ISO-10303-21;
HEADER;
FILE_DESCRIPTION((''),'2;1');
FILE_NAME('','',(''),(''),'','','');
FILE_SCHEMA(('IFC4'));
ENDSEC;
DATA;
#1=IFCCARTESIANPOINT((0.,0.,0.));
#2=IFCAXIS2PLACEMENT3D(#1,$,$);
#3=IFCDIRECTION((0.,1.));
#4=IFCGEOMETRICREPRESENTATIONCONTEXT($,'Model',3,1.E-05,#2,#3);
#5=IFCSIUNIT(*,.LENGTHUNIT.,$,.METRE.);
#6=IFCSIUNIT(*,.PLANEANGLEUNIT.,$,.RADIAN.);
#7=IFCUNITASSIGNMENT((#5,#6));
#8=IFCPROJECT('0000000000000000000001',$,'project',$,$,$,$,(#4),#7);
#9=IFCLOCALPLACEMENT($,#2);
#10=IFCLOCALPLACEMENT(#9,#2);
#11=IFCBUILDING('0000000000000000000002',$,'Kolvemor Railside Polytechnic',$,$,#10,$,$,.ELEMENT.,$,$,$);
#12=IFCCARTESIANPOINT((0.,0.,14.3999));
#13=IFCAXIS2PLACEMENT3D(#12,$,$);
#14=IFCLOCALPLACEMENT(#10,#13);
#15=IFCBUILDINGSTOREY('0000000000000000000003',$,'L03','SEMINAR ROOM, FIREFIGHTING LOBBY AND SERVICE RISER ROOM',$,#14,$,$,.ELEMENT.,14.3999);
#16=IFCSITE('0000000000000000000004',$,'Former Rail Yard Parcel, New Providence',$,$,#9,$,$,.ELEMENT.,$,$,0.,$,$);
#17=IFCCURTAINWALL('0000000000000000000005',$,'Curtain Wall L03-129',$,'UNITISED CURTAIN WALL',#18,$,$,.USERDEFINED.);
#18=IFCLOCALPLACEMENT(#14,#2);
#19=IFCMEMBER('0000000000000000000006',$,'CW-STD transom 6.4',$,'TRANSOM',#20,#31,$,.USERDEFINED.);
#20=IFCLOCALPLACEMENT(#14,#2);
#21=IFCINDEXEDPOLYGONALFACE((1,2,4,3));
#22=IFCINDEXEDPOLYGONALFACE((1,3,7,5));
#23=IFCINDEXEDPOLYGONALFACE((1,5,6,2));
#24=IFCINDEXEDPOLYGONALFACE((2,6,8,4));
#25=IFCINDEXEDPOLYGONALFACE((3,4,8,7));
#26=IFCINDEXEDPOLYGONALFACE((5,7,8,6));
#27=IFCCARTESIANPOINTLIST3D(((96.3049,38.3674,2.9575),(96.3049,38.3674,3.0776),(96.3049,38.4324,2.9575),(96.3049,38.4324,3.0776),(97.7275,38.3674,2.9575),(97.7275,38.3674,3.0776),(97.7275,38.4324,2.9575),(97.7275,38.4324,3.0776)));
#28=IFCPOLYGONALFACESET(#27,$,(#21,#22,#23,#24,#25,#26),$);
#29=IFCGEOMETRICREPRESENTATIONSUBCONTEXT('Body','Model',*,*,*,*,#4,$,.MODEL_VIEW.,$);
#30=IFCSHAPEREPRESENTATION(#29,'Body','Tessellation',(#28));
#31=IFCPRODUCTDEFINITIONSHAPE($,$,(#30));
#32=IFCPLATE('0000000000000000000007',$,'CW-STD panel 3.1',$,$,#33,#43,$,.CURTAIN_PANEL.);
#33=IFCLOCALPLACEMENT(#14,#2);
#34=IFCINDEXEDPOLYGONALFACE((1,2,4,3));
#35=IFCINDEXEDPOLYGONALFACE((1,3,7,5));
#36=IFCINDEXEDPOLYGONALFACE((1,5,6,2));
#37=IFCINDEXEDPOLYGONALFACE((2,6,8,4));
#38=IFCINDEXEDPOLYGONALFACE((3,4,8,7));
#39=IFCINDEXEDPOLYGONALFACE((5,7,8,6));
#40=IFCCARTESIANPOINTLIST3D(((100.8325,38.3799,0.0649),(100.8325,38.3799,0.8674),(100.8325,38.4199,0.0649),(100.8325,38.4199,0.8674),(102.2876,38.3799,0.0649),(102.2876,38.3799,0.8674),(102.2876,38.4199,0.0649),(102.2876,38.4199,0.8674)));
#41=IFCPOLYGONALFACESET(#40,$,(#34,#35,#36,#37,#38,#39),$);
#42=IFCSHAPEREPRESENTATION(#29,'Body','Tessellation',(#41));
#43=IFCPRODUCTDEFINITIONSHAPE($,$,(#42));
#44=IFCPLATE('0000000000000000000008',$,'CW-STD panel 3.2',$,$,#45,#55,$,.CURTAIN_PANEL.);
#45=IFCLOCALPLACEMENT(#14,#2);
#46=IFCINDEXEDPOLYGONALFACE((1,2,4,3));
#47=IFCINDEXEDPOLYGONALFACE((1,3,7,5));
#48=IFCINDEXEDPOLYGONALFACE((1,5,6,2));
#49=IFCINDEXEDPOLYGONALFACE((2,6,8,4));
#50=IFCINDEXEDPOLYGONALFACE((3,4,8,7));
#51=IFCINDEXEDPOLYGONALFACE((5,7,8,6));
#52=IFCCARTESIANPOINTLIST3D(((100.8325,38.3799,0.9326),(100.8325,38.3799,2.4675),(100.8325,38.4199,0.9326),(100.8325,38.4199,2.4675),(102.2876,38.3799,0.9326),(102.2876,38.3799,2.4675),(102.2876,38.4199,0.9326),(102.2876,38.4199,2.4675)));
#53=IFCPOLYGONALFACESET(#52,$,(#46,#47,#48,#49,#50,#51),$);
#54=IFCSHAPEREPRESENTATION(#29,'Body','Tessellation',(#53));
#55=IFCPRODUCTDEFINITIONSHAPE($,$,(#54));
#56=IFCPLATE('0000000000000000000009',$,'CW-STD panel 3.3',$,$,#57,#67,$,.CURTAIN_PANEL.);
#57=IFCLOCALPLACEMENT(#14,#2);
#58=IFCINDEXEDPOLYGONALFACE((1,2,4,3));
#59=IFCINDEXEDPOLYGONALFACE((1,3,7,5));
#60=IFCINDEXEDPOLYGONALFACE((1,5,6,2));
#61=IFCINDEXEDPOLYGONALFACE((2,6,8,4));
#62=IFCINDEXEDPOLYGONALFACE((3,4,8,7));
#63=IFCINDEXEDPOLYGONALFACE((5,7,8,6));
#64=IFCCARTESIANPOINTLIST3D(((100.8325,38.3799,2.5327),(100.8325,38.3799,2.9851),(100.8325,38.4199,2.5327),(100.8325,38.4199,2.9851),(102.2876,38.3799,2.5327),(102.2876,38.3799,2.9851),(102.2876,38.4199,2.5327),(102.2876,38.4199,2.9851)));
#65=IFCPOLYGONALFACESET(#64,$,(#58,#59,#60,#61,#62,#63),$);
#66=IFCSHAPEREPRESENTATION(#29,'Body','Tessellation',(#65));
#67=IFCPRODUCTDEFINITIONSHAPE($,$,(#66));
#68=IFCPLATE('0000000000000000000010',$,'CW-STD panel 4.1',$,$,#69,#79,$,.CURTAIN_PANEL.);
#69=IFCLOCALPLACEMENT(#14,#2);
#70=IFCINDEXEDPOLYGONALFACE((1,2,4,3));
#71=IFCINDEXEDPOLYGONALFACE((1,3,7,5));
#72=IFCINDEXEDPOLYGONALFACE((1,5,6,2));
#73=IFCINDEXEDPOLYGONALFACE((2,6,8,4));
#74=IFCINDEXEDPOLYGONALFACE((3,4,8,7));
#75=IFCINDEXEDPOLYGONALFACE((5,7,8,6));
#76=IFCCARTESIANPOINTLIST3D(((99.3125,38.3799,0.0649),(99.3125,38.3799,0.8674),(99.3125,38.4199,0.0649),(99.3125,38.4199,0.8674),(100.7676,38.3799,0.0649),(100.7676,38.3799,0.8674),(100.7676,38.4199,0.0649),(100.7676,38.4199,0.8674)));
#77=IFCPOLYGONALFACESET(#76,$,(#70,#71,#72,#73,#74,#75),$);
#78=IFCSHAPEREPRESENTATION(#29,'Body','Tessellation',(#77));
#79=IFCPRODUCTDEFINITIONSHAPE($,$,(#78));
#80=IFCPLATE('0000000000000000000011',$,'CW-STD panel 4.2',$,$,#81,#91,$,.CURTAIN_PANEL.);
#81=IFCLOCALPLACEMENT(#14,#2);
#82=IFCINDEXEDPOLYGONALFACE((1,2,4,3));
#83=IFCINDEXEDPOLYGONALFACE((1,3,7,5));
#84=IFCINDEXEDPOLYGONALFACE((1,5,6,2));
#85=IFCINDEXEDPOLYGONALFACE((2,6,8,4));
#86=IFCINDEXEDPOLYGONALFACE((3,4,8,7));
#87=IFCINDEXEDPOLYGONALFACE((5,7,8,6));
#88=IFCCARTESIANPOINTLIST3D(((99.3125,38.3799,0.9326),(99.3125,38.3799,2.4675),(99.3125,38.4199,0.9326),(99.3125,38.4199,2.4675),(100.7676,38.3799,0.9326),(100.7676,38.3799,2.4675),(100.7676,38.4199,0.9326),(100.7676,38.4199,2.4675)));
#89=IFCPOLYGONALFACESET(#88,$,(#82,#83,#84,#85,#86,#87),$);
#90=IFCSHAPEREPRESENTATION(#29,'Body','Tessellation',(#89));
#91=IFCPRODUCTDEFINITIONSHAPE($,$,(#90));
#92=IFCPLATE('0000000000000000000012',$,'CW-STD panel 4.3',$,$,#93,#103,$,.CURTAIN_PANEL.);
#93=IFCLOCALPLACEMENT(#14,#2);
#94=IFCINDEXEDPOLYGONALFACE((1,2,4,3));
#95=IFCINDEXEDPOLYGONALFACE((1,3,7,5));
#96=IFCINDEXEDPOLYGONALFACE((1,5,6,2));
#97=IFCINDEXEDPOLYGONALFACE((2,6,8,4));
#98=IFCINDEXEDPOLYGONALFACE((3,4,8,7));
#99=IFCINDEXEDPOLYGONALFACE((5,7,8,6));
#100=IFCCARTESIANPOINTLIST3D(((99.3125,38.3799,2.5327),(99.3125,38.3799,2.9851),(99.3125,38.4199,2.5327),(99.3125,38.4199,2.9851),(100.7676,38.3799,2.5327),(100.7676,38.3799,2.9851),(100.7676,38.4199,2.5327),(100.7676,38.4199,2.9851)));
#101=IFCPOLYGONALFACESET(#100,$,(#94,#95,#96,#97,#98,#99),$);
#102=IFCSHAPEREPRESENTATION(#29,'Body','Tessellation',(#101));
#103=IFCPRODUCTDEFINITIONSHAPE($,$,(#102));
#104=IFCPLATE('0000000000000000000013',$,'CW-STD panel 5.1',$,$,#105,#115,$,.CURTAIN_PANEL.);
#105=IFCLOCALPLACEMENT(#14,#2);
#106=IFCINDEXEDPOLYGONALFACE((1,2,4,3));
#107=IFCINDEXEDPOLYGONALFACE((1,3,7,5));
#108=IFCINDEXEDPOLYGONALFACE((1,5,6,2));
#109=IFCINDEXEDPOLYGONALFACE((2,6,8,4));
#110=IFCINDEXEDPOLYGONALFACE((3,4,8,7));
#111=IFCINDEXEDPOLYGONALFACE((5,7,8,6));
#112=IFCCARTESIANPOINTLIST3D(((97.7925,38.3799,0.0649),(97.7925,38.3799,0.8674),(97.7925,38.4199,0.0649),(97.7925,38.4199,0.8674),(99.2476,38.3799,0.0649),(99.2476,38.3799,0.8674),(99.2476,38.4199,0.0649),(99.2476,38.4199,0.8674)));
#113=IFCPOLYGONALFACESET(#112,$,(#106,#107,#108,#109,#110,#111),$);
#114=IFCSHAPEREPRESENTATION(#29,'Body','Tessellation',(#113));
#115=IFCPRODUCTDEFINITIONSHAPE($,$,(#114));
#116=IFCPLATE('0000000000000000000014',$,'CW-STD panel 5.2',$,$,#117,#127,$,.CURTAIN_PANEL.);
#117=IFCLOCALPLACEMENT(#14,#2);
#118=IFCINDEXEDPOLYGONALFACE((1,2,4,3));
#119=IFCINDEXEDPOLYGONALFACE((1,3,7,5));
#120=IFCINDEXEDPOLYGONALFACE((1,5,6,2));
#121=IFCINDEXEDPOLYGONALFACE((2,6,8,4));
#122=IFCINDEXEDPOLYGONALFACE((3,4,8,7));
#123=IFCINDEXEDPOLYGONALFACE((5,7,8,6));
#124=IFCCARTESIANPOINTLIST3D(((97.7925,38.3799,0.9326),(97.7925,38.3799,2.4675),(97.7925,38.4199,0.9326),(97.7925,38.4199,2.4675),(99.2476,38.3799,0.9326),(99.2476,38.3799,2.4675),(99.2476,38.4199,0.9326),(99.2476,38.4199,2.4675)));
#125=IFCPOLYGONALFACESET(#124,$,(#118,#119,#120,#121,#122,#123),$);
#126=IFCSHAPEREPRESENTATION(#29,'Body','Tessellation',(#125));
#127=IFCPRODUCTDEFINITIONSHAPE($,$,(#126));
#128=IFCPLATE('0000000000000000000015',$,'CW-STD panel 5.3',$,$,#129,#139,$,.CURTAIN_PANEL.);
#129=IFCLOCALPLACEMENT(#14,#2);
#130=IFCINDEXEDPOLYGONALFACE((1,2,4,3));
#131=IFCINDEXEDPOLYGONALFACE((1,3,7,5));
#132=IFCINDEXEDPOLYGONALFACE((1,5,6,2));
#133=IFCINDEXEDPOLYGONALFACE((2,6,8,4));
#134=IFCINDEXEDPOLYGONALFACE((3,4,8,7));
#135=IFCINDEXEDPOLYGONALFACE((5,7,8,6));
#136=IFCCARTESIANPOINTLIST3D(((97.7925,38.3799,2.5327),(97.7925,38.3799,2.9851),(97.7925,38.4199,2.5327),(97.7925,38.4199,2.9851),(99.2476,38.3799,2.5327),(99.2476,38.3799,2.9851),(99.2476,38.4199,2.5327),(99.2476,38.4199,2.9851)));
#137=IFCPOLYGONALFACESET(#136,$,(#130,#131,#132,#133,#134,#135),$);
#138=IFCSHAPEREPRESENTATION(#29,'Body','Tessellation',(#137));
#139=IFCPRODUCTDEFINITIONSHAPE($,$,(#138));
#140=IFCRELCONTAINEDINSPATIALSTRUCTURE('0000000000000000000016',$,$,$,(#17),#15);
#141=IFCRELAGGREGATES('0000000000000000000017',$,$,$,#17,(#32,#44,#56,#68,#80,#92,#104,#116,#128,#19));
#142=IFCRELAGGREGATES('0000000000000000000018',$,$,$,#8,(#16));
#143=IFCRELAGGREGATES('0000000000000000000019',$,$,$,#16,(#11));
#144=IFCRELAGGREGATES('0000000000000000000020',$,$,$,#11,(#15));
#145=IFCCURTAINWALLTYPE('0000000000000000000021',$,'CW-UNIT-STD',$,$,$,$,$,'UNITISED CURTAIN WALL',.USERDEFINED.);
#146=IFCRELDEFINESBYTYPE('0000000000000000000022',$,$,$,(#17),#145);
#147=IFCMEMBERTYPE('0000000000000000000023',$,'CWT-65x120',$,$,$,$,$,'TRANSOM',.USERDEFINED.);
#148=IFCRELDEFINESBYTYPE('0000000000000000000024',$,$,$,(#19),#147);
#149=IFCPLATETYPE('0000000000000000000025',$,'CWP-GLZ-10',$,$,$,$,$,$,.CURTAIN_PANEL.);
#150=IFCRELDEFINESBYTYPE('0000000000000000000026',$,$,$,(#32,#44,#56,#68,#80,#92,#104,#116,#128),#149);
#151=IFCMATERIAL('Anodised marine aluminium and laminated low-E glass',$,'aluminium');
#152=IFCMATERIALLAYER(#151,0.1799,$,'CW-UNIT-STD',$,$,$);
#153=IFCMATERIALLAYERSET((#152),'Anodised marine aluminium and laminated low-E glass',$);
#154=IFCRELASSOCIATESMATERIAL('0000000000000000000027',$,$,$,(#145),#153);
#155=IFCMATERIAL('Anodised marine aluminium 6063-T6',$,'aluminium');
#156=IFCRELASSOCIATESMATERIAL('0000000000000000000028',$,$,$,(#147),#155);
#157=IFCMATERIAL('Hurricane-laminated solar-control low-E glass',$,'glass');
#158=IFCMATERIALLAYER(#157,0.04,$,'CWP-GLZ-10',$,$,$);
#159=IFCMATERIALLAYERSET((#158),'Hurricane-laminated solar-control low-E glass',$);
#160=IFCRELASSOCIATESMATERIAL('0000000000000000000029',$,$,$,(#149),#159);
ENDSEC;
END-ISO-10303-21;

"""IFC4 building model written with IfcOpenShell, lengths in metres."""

from ifc_helpers import new_model, si_unit, direction, frame, origin, origin_2d, place, context, subcontext, project, spatial, rectangle, extrude, material, layer, layer_set, material_profile, profile_set, type_object, element, aggregate, save


model = new_model("IFC4")

# Units and contexts
model_context = context("Model", 3, precision=1e-05, world=origin(), true_north=direction((0.0, 1.0)))
body_context = subcontext(model_context, "Body", "Model", "MODEL_VIEW")
ifc_project = project(units=[si_unit("LENGTHUNIT", "METRE"), si_unit("PLANEANGLEUNIT", "RADIAN")], contexts=[model_context])

# Site, building, storey
site_placement = place(None, origin())
site = spatial("IfcSite", under=ifc_project, at=site_placement, Name="Former Rail Yard Parcel, New Providence", CompositionType="ELEMENT", RefElevation=0.0)
building_placement = place(site_placement, origin())
building = spatial("IfcBuilding", under=site, at=building_placement, Name="Kolvemor Railside Polytechnic", CompositionType="ELEMENT")
storey_placement = place(building_placement, frame((0.0, 0.0, 14.3999)))
storey = spatial("IfcBuildingStorey", under=building, at=storey_placement, Name="L03", Description="SEMINAR ROOM, FIREFIGHTING LOBBY AND SERVICE RISER ROOM", CompositionType="ELEMENT", Elevation=14.3999)

# Curtain wall, member, plates
ifc_material_1 = material(Name="Anodised marine aluminium and laminated low-E glass", Category="aluminium")
ifc_layer_1 = layer(ifc_material_1, 0.1799, Name="CW-UNIT-STD")
ifc_layer_set_1 = layer_set([ifc_layer_1], Name="Anodised marine aluminium and laminated low-E glass")
curtain_wall_type = type_object("IfcCurtainWallType", Name="CW-UNIT-STD", ElementType="UNITISED CURTAIN WALL", PredefinedType="USERDEFINED", material=ifc_layer_set_1)
curtain_wall_placement = place(storey_placement, origin())
curtain_wall = element("IfcCurtainWall", 1, at=curtain_wall_placement, inside=storey, type_object=curtain_wall_type, Name="Curtain Wall L03-129", ObjectType="UNITISED CURTAIN WALL", PredefinedType="USERDEFINED")
ifc_material_2 = material(Name="Anodised marine aluminium 6063-T6", Category="aluminium")
ifc_material_profile_1 = material_profile(ifc_material_2, rectangle(XDim=0.0649, YDim=0.1201, at=origin_2d()), Name="CW-TRN-65x120")
ifc_profile_set_1 = profile_set([ifc_material_profile_1], Name="Anodised marine aluminium 6063-T6")
member_type_1 = type_object("IfcMemberType", Name="CWT-65x120", ElementType="TRANSOM", PredefinedType="USERDEFINED", material=ifc_profile_set_1)
member_1_placement = place(storey_placement, frame((97.7275, 38.3999, 3.0176), z_axis=(-1.0, 0.0, 0.0), x_axis=(0.0, -1.0, 0.0)))
member_1 = element("IfcMember", 2, at=member_1_placement, type_object=member_type_1, Name="CW-STD transom 6.4", ObjectType="TRANSOM", PredefinedType="USERDEFINED", context=body_context, shape_type="SweptSolid", body=[
    extrude(rectangle(XDim=0.0649, YDim=0.1201, at=origin_2d()), origin(), (0.0, 0.0, 1.0), 1.4226),
])
ifc_material_3 = material(Name="Hurricane-laminated solar-control low-E glass", Category="glass")
ifc_layer_2 = layer(ifc_material_3, 0.04, Name="CWP-GLZ-10")
ifc_layer_set_2 = layer_set([ifc_layer_2], Name="Hurricane-laminated solar-control low-E glass")
plate_type = type_object("IfcPlateType", Name="CWP-GLZ-10", PredefinedType="CURTAIN_PANEL", material=ifc_layer_set_2)
plate_1_placement = place(storey_placement, frame((101.5601, 38.3999, 0.0649), z_axis=(0.0, 0.0, 1.0), x_axis=(-1.0, 0.0, 0.0)))
plate_1 = element("IfcPlate", 3, at=plate_1_placement, type_object=plate_type, Name="CW-STD panel 3.1", PredefinedType="CURTAIN_PANEL", context=body_context, shape_type="SweptSolid", body=[
    extrude(rectangle(XDim=1.4551, YDim=0.04, at=origin_2d()), origin(), (0.0, 0.0, 1.0), 0.8025),
])
plate_2_placement = place(storey_placement, frame((101.5601, 38.3999, 0.9326), z_axis=(0.0, 0.0, 1.0), x_axis=(-1.0, 0.0, 0.0)))
plate_2 = element("IfcPlate", 4, at=plate_2_placement, type_object=plate_type, Name="CW-STD panel 3.2", PredefinedType="CURTAIN_PANEL", context=body_context, shape_type="SweptSolid", body=[
    extrude(rectangle(XDim=1.4551, YDim=0.04, at=origin_2d()), origin(), (0.0, 0.0, 1.0), 1.5349),
])
plate_3_placement = place(storey_placement, frame((101.5601, 38.3999, 2.5327), z_axis=(0.0, 0.0, 1.0), x_axis=(-1.0, 0.0, 0.0)))
plate_3 = element("IfcPlate", 5, at=plate_3_placement, type_object=plate_type, Name="CW-STD panel 3.3", PredefinedType="CURTAIN_PANEL", context=body_context, shape_type="SweptSolid", body=[
    extrude(rectangle(XDim=1.4551, YDim=0.04, at=origin_2d()), origin(), (0.0, 0.0, 1.0), 0.4524),
])
plate_4_placement = place(storey_placement, frame((100.04, 38.3999, 0.0649), z_axis=(0.0, 0.0, 1.0), x_axis=(-1.0, 0.0, 0.0)))
plate_4 = element("IfcPlate", 6, at=plate_4_placement, type_object=plate_type, Name="CW-STD panel 4.1", PredefinedType="CURTAIN_PANEL", context=body_context, shape_type="SweptSolid", body=[
    extrude(rectangle(XDim=1.4551, YDim=0.04, at=origin_2d()), origin(), (0.0, 0.0, 1.0), 0.8025),
])
plate_5_placement = place(storey_placement, frame((100.04, 38.3999, 0.9326), z_axis=(0.0, 0.0, 1.0), x_axis=(-1.0, 0.0, 0.0)))
plate_5 = element("IfcPlate", 7, at=plate_5_placement, type_object=plate_type, Name="CW-STD panel 4.2", PredefinedType="CURTAIN_PANEL", context=body_context, shape_type="SweptSolid", body=[
    extrude(rectangle(XDim=1.4551, YDim=0.04, at=origin_2d()), origin(), (0.0, 0.0, 1.0), 1.5349),
])
plate_6_placement = place(storey_placement, frame((100.04, 38.3999, 2.5327), z_axis=(0.0, 0.0, 1.0), x_axis=(-1.0, 0.0, 0.0)))
plate_6 = element("IfcPlate", 8, at=plate_6_placement, type_object=plate_type, Name="CW-STD panel 4.3", PredefinedType="CURTAIN_PANEL", context=body_context, shape_type="SweptSolid", body=[
    extrude(rectangle(XDim=1.4551, YDim=0.04, at=origin_2d()), origin(), (0.0, 0.0, 1.0), 0.4524),
])
plate_7_placement = place(storey_placement, frame((98.52, 38.3999, 0.0649), z_axis=(0.0, 0.0, 1.0), x_axis=(-1.0, 0.0, 0.0)))
plate_7 = element("IfcPlate", 9, at=plate_7_placement, type_object=plate_type, Name="CW-STD panel 5.1", PredefinedType="CURTAIN_PANEL", context=body_context, shape_type="SweptSolid", body=[
    extrude(rectangle(XDim=1.4551, YDim=0.04, at=origin_2d()), origin(), (0.0, 0.0, 1.0), 0.8025),
])
plate_8_placement = place(storey_placement, frame((98.52, 38.3999, 0.9326), z_axis=(0.0, 0.0, 1.0), x_axis=(-1.0, 0.0, 0.0)))
plate_8 = element("IfcPlate", 10, at=plate_8_placement, type_object=plate_type, Name="CW-STD panel 5.2", PredefinedType="CURTAIN_PANEL", context=body_context, shape_type="SweptSolid", body=[
    extrude(rectangle(XDim=1.4551, YDim=0.04, at=origin_2d()), origin(), (0.0, 0.0, 1.0), 1.5349),
])
plate_9_placement = place(storey_placement, frame((98.52, 38.3999, 2.5327), z_axis=(0.0, 0.0, 1.0), x_axis=(-1.0, 0.0, 0.0)))
plate_9 = element("IfcPlate", 11, at=plate_9_placement, type_object=plate_type, Name="CW-STD panel 5.3", PredefinedType="CURTAIN_PANEL", context=body_context, shape_type="SweptSolid", body=[
    extrude(rectangle(XDim=1.4551, YDim=0.04, at=origin_2d()), origin(), (0.0, 0.0, 1.0), 0.4524),
])
aggregate(curtain_wall, [plate_1, plate_2, plate_3, plate_4, plate_5, plate_6, plate_7, plate_8, plate_9, member_1])

save(model, "model.ifc")
